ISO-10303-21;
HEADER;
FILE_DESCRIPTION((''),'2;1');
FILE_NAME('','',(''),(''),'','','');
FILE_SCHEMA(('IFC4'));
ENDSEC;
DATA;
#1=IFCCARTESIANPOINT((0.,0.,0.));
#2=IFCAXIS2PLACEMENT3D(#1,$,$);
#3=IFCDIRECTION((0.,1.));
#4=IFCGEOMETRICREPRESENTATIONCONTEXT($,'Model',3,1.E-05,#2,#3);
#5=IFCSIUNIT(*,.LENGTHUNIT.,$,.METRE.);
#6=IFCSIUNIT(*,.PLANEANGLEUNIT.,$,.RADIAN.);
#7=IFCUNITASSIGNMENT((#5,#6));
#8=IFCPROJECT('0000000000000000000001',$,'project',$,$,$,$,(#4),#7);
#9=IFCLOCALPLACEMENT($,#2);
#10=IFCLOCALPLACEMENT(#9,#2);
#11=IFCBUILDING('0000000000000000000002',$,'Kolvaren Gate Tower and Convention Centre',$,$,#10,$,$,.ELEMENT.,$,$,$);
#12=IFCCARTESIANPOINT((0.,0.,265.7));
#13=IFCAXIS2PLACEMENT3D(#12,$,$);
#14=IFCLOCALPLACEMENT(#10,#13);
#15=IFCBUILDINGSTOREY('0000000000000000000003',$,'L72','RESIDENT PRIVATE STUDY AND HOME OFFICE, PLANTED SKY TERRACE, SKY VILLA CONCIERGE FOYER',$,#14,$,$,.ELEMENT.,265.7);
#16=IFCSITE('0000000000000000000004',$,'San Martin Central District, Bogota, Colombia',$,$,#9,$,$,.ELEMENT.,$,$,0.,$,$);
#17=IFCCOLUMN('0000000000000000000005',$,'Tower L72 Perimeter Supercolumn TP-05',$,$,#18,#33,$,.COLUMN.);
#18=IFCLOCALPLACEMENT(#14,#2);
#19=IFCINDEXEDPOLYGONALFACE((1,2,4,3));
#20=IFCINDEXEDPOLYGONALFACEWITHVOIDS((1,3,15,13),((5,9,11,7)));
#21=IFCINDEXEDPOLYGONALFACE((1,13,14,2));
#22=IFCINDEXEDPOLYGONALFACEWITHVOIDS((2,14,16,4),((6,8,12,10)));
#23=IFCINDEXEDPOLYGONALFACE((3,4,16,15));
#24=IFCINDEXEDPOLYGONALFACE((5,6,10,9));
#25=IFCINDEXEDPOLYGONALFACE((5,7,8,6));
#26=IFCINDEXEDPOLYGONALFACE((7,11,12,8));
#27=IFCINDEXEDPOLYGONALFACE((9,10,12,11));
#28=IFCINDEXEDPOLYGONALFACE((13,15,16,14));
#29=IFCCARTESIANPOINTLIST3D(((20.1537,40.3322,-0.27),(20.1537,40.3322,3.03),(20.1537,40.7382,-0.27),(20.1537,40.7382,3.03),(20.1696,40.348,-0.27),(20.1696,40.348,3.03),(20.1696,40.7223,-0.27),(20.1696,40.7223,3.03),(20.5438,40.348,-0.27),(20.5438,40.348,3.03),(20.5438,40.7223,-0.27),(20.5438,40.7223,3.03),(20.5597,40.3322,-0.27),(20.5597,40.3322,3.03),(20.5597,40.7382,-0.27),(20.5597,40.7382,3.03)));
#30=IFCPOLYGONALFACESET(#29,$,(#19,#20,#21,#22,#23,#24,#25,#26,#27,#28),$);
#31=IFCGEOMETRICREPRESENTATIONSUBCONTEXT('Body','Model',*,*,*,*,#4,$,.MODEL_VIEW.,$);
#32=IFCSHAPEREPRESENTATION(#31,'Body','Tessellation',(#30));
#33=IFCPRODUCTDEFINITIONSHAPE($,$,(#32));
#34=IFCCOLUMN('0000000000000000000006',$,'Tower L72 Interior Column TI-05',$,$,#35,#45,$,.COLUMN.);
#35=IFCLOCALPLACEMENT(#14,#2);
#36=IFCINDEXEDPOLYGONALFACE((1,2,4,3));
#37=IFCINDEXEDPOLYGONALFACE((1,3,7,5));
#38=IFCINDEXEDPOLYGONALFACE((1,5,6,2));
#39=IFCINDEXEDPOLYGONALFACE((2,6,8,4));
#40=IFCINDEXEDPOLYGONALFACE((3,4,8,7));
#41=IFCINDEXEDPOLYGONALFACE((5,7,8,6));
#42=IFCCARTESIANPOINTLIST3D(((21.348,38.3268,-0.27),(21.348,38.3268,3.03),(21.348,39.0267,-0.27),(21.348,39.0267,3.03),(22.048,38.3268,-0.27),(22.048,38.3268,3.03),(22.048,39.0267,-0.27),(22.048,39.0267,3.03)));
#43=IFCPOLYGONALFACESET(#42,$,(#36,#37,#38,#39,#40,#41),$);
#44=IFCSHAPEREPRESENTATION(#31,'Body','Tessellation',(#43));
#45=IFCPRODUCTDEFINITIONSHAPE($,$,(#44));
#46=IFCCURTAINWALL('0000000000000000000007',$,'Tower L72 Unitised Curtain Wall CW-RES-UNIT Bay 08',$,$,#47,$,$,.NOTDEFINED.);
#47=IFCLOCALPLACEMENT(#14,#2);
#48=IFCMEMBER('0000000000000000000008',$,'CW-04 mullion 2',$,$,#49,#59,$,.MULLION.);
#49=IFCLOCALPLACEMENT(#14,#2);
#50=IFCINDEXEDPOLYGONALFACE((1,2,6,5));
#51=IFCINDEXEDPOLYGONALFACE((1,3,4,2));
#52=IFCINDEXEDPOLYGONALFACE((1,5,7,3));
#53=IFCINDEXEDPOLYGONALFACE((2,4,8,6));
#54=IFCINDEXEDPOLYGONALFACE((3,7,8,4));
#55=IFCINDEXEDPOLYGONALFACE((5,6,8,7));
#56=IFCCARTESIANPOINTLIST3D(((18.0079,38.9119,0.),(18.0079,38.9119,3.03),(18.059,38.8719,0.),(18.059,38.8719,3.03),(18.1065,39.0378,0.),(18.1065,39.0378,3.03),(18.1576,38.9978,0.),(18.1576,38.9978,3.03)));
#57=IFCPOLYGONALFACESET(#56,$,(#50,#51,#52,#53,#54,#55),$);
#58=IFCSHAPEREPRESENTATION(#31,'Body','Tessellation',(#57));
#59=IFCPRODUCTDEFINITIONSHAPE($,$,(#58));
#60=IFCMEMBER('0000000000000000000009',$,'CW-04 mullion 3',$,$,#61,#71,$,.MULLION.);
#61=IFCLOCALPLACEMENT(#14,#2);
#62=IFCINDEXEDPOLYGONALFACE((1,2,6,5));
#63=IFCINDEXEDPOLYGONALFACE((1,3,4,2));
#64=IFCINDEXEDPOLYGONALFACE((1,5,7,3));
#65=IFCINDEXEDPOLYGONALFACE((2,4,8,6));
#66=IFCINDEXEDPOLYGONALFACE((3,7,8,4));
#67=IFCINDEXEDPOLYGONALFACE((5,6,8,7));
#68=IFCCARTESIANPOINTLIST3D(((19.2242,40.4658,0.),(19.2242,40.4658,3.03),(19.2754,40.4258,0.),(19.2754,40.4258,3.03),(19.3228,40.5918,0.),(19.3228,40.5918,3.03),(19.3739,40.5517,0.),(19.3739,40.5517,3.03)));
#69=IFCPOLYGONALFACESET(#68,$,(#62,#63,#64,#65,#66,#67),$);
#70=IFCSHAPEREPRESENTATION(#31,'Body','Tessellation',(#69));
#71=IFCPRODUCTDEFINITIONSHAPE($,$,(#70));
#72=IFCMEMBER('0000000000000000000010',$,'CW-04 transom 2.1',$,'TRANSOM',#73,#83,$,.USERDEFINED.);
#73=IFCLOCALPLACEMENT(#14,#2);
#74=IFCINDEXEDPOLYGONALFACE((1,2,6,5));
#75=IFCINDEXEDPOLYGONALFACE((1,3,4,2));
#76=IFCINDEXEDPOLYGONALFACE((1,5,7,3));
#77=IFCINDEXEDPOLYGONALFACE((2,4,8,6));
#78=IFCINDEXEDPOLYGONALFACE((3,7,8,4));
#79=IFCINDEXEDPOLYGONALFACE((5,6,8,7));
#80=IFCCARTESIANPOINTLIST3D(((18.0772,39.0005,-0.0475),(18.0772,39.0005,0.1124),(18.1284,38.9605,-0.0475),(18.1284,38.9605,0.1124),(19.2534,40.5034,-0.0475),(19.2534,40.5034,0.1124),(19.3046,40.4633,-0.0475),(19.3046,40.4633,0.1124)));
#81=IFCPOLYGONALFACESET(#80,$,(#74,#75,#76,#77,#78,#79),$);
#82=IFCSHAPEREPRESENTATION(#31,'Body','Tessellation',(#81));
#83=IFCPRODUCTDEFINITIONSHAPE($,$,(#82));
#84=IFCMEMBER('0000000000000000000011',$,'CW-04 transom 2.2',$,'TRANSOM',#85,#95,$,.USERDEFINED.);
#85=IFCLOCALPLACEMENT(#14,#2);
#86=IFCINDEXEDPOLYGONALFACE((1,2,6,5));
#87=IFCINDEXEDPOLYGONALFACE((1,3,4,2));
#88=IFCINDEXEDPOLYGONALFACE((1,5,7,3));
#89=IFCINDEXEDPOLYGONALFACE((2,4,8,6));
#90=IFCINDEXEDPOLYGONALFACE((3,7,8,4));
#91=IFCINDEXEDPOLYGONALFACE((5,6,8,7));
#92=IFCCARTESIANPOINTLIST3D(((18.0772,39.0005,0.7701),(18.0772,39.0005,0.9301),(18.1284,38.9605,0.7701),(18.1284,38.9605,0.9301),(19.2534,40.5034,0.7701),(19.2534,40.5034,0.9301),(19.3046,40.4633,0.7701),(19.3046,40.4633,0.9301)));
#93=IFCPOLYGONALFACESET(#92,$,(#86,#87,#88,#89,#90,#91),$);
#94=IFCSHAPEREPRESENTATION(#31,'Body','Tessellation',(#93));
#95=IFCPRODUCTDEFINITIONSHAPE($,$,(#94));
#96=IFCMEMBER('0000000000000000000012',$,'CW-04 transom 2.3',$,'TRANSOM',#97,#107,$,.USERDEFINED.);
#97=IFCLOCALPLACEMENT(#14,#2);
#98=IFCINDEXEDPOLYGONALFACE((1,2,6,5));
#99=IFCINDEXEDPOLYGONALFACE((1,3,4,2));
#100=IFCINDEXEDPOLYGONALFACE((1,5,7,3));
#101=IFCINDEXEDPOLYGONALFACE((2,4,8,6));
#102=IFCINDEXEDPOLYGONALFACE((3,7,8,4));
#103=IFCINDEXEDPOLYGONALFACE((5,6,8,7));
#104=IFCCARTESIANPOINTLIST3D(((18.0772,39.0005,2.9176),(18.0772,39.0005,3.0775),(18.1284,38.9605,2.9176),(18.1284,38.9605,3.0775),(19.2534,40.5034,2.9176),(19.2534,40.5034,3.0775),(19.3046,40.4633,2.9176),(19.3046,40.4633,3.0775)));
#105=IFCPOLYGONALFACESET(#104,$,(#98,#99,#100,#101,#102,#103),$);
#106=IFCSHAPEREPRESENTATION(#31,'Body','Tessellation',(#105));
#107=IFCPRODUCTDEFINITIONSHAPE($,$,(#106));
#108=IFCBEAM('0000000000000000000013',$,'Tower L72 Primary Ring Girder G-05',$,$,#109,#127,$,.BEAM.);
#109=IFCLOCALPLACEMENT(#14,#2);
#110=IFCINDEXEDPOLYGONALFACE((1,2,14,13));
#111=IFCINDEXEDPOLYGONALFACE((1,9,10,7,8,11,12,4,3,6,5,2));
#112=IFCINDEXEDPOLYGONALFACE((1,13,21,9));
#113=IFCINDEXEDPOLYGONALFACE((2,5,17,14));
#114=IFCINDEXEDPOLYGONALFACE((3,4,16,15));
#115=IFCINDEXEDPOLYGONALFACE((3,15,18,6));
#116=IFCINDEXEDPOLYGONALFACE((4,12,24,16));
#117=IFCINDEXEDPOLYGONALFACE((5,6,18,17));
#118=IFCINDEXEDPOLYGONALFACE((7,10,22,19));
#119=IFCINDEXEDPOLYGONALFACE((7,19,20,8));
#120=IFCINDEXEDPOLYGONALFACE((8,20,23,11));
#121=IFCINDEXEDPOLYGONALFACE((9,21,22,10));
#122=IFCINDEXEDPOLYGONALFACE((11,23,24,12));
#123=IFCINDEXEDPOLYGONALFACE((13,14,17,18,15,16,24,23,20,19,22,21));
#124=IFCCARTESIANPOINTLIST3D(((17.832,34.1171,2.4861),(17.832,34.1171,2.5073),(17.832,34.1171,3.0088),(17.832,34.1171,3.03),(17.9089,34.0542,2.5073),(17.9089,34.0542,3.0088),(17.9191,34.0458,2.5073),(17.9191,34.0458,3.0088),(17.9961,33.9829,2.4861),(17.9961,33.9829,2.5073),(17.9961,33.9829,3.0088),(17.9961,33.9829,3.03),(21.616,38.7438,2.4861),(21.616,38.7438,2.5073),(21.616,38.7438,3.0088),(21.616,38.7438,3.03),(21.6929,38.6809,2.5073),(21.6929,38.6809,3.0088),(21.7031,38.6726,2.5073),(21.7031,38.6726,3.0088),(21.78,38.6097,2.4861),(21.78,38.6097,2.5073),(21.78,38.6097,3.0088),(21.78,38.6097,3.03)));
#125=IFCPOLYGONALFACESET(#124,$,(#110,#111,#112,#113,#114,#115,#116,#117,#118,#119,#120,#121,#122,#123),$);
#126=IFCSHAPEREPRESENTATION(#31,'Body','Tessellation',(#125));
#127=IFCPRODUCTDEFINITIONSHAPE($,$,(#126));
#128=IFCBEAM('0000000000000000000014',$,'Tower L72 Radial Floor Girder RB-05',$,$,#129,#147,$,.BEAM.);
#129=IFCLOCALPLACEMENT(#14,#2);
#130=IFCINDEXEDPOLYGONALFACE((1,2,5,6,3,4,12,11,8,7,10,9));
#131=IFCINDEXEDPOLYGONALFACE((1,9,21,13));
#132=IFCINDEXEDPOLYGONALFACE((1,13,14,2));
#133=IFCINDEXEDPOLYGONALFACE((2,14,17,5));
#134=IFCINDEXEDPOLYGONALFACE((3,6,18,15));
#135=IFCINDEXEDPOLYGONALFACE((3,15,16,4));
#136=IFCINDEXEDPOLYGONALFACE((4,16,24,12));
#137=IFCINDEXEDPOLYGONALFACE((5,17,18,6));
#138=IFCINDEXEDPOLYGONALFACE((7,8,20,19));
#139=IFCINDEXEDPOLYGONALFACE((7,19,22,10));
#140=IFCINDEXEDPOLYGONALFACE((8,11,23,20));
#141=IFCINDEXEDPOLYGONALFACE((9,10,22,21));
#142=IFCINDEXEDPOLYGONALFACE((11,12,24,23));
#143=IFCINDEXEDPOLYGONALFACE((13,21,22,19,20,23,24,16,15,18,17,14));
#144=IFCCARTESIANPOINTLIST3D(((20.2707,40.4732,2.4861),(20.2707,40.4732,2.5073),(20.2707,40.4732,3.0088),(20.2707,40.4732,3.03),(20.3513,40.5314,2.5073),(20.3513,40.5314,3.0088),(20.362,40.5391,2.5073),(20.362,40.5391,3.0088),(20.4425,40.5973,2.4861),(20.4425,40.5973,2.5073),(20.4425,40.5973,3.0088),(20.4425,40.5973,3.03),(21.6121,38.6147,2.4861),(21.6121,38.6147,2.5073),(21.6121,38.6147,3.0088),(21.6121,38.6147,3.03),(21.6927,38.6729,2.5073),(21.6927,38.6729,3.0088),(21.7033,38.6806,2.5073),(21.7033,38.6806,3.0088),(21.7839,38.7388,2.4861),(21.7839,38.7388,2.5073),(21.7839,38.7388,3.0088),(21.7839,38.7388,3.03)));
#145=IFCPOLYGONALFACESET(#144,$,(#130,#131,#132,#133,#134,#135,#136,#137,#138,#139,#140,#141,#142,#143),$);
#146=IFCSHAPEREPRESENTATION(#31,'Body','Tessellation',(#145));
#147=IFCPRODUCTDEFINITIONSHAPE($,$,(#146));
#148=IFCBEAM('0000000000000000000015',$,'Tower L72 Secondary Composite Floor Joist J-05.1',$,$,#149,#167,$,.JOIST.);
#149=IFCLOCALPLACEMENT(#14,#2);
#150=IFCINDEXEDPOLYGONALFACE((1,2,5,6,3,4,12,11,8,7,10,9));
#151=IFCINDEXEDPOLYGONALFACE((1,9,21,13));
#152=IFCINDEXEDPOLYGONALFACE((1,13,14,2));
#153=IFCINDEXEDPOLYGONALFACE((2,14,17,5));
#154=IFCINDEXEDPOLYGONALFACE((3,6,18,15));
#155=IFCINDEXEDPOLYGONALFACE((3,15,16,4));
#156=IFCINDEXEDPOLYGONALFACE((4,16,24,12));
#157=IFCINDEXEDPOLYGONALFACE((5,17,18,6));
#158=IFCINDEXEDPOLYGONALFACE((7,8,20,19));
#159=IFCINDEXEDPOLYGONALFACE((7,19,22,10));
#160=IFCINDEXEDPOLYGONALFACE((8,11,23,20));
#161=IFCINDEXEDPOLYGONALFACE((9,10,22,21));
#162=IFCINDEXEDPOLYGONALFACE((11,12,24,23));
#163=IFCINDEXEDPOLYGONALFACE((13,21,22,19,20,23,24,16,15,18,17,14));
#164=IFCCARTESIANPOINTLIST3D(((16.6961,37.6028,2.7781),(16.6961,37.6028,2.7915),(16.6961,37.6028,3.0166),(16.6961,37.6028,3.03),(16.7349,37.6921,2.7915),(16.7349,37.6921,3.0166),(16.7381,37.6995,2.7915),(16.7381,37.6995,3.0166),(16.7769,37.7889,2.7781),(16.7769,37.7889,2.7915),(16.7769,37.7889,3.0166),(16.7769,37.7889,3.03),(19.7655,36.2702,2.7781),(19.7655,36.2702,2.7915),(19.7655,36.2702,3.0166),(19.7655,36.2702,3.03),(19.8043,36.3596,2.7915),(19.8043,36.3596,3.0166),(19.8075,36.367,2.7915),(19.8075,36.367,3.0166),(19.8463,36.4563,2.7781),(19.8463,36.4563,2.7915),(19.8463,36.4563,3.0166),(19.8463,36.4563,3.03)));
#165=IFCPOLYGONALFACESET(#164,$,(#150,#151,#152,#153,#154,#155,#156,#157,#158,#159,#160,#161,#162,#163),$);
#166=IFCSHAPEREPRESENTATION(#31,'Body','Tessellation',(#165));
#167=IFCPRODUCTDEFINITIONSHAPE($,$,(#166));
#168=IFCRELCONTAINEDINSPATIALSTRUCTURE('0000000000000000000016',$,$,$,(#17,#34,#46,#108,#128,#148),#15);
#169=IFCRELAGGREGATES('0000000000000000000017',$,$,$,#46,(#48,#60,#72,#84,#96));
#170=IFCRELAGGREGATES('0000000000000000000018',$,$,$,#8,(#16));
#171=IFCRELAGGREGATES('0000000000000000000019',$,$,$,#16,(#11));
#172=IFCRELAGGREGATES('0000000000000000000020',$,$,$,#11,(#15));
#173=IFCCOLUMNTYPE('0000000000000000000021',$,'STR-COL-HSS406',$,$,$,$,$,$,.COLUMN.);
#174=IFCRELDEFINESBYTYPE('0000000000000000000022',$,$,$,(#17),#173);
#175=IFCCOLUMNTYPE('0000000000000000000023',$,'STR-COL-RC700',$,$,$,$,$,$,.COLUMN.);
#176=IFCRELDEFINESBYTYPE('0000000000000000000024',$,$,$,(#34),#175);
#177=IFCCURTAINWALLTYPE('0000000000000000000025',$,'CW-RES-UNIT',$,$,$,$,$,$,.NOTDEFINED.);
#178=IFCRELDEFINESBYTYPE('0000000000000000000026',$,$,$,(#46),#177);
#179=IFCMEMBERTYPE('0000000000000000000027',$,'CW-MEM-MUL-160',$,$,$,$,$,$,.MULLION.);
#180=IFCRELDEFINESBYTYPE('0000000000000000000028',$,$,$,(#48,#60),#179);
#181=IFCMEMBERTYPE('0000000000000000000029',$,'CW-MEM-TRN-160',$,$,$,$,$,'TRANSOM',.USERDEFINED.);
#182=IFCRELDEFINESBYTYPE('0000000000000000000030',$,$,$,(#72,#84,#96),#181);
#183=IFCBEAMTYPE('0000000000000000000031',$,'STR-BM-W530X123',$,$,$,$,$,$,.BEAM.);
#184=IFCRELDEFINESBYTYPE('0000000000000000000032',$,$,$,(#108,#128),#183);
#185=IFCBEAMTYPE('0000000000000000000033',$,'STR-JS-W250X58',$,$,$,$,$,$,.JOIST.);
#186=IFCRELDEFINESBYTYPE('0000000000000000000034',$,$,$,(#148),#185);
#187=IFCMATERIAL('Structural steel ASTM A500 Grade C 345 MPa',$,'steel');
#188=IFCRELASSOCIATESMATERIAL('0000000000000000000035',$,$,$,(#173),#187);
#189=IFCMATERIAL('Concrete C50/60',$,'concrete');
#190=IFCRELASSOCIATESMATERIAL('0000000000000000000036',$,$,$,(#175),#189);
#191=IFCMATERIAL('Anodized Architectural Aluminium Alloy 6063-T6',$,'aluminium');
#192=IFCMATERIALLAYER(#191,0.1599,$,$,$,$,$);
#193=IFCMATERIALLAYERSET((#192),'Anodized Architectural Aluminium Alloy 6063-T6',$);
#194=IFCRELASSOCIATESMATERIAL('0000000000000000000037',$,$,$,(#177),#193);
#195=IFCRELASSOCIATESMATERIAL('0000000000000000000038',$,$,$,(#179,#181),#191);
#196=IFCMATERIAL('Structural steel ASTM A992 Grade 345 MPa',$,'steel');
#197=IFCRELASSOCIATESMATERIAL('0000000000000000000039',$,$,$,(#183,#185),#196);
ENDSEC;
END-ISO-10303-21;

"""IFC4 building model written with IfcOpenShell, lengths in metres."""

from ifc_helpers import new_model, si_unit, direction, frame, origin, origin_2d, place, context, subcontext, project, spatial, rectangle, hollow_rectangle, i_section, extrude, material, layer, layer_set, material_profile, profile_set, type_object, element, aggregate, save


model = new_model("IFC4")

# Units and contexts
model_context = context("Model", 3, precision=1e-05, world=origin(), true_north=direction((0.0, 1.0)))
body_context = subcontext(model_context, "Body", "Model", "MODEL_VIEW")
ifc_project = project(units=[si_unit("LENGTHUNIT", "METRE"), si_unit("PLANEANGLEUNIT", "RADIAN")], contexts=[model_context])

# Site, building, storey
site_placement = place(None, origin())
site = spatial("IfcSite", under=ifc_project, at=site_placement, Name="San Martin Central District, Bogota, Colombia", CompositionType="ELEMENT", RefElevation=0.0)
building_placement = place(site_placement, origin())
building = spatial("IfcBuilding", under=site, at=building_placement, Name="Kolvaren Gate Tower and Convention Centre", CompositionType="ELEMENT")
storey_placement = place(building_placement, frame((0.0, 0.0, 265.7)))
storey = spatial("IfcBuildingStorey", under=building, at=storey_placement, Name="L72", Description="RESIDENT PRIVATE STUDY AND HOME OFFICE, PLANTED SKY TERRACE, SKY VILLA CONCIERGE FOYER", CompositionType="ELEMENT", Elevation=265.7)

# Columns
ifc_material_1 = material(Name="Structural steel ASTM A500 Grade C 345 MPa", Category="steel")
ifc_material_profile_1 = material_profile(ifc_material_1, hollow_rectangle(XDim=0.406, YDim=0.406, WallThickness=0.0159, at=origin_2d()), Name="HSS406X406X15.9")
ifc_profile_set_1 = profile_set([ifc_material_profile_1], Name="Structural steel ASTM A500 Grade C 345 MPa")
column_type_1 = type_object("IfcColumnType", Name="STR-COL-HSS406", PredefinedType="COLUMN", material=ifc_profile_set_1)
column_1_placement = place(storey_placement, frame((20.3567, 40.5352, -0.27), z_axis=(0.0, 0.0, 1.0), x_axis=(1.0, 0.0, 0.0)))
element("IfcColumn", 1, at=column_1_placement, inside=storey, type_object=column_type_1, Name="Tower L72 Perimeter Supercolumn TP-05", PredefinedType="COLUMN", context=body_context, shape_type="SweptSolid", body=[
    extrude(hollow_rectangle(XDim=0.406, YDim=0.406, WallThickness=0.0159, at=origin_2d()), origin(), (0.0, 0.0, 1.0), 3.3),
])
ifc_material_2 = material(Name="Concrete C50/60", Category="concrete")
ifc_material_profile_2 = material_profile(ifc_material_2, rectangle(XDim=0.7, YDim=0.7, at=origin_2d()), Name="RC-COL-700X700")
ifc_profile_set_2 = profile_set([ifc_material_profile_2], Name="Concrete C50/60")
column_type_2 = type_object("IfcColumnType", Name="STR-COL-RC700", PredefinedType="COLUMN", material=ifc_profile_set_2)
column_2_placement = place(storey_placement, frame((21.698, 38.6768, -0.27), z_axis=(0.0, 0.0, 1.0), x_axis=(1.0, 0.0, 0.0)))
element("IfcColumn", 2, at=column_2_placement, inside=storey, type_object=column_type_2, Name="Tower L72 Interior Column TI-05", PredefinedType="COLUMN", context=body_context, shape_type="SweptSolid", body=[
    extrude(rectangle(XDim=0.7, YDim=0.7, at=origin_2d()), origin(), (0.0, 0.0, 1.0), 3.3),
])

# Curtain wall, members
ifc_material_3 = material(Name="Anodized Architectural Aluminium Alloy 6063-T6", Category="aluminium")
ifc_layer_1 = layer(ifc_material_3, 0.1599)
ifc_layer_set_1 = layer_set([ifc_layer_1], Name="Anodized Architectural Aluminium Alloy 6063-T6")
curtain_wall_type = type_object("IfcCurtainWallType", Name="CW-RES-UNIT", PredefinedType="NOTDEFINED", material=ifc_layer_set_1)
curtain_wall_placement = place(storey_placement, origin())
curtain_wall = element("IfcCurtainWall", 3, at=curtain_wall_placement, inside=storey, type_object=curtain_wall_type, Name="Tower L72 Unitised Curtain Wall CW-RES-UNIT Bay 08", PredefinedType="NOTDEFINED")
ifc_material_profile_3 = material_profile(ifc_material_3, rectangle(XDim=0.0649, YDim=0.1599, at=origin_2d()), Name="CW-MEM-MUL-160")
ifc_profile_set_3 = profile_set([ifc_material_profile_3], Name="Anodized Architectural Aluminium Alloy 6063-T6")
member_type_1 = type_object("IfcMemberType", Name="CW-MEM-MUL-160", PredefinedType="MULLION", material=ifc_profile_set_3)
member_1_placement = place(storey_placement, frame((18.0828, 38.9548, 0.0), z_axis=(0.0, 0.0, 1.0), x_axis=(-0.787413, 0.616426, 0.0)))
member_1 = element("IfcMember", 4, at=member_1_placement, type_object=member_type_1, Name="CW-04 mullion 2", PredefinedType="MULLION", context=body_context, shape_type="SweptSolid", body=[
    extrude(rectangle(XDim=0.0649, YDim=0.1599, at=origin_2d()), origin(), (0.0, 0.0, 1.0), 3.03),
])
member_2_placement = place(storey_placement, frame((19.2991, 40.5088, 0.0), z_axis=(0.0, 0.0, 1.0), x_axis=(-0.787413, 0.616426, 0.0)))
member_2 = element("IfcMember", 5, at=member_2_placement, type_object=member_type_1, Name="CW-04 mullion 3", PredefinedType="MULLION", context=body_context, shape_type="SweptSolid", body=[
    extrude(rectangle(XDim=0.0649, YDim=0.1599, at=origin_2d()), origin(), (0.0, 0.0, 1.0), 3.03),
])
ifc_material_profile_4 = material_profile(ifc_material_3, rectangle(XDim=0.0649, YDim=0.1599, at=origin_2d()), Name="CW-MEM-TRN-160")
ifc_profile_set_4 = profile_set([ifc_material_profile_4], Name="Anodized Architectural Aluminium Alloy 6063-T6")
member_type_2 = type_object("IfcMemberType", Name="CW-MEM-TRN-160", ElementType="TRANSOM", PredefinedType="USERDEFINED", material=ifc_profile_set_4)
member_3_placement = place(storey_placement, frame((18.1028, 38.9805, 0.0325), z_axis=(0.616329, 0.787489, 0.0), x_axis=(-0.787489, 0.616329, 0.0)))
member_3 = element("IfcMember", 6, at=member_3_placement, type_object=member_type_2, Name="CW-04 transom 2.1", ObjectType="TRANSOM", PredefinedType="USERDEFINED", context=body_context, shape_type="SweptSolid", body=[
    extrude(rectangle(XDim=0.0649, YDim=0.1599, at=origin_2d()), origin(), (0.0, 0.0, 1.0), 1.9084),
])
member_4_placement = place(storey_placement, frame((18.1028, 38.9805, 0.8501), z_axis=(0.616329, 0.787489, 0.0), x_axis=(-0.787489, 0.616329, 0.0)))
member_4 = element("IfcMember", 7, at=member_4_placement, type_object=member_type_2, Name="CW-04 transom 2.2", ObjectType="TRANSOM", PredefinedType="USERDEFINED", context=body_context, shape_type="SweptSolid", body=[
    extrude(rectangle(XDim=0.0649, YDim=0.1599, at=origin_2d()), origin(), (0.0, 0.0, 1.0), 1.9084),
])
member_5_placement = place(storey_placement, frame((18.1028, 38.9805, 2.9976), z_axis=(0.616329, 0.787489, 0.0), x_axis=(-0.787489, 0.616329, 0.0)))
member_5 = element("IfcMember", 8, at=member_5_placement, type_object=member_type_2, Name="CW-04 transom 2.3", ObjectType="TRANSOM", PredefinedType="USERDEFINED", context=body_context, shape_type="SweptSolid", body=[
    extrude(rectangle(XDim=0.0649, YDim=0.1599, at=origin_2d()), origin(), (0.0, 0.0, 1.0), 1.9084),
])

# Beams
ifc_material_4 = material(Name="Structural steel ASTM A992 Grade 345 MPa", Category="steel")
ifc_material_profile_5 = material_profile(ifc_material_4, i_section(OverallWidth=0.2119, OverallDepth=0.5439, WebThickness=0.0132, FlangeThickness=0.0212, at=origin_2d()), Name="W530X123")
ifc_profile_set_5 = profile_set([ifc_material_profile_5], Name="Structural steel ASTM A992 Grade 345 MPa")
beam_type_1 = type_object("IfcBeamType", Name="STR-BM-W530X123", PredefinedType="BEAM", material=ifc_profile_set_5)
beam_1_placement = place(storey_placement, frame((21.698, 38.6768, 2.7581), z_axis=(-0.633082, -0.774085, 0.0), x_axis=(0.774085, -0.633082, 0.0)))
element("IfcBeam", 9, at=beam_1_placement, inside=storey, type_object=beam_type_1, Name="Tower L72 Primary Ring Girder G-05", PredefinedType="BEAM", context=body_context, shape_type="SweptSolid", body=[
    extrude(i_section(OverallWidth=0.2119, OverallDepth=0.5439, WebThickness=0.0132, FlangeThickness=0.0212, at=origin_2d()), origin(), (0.0, 0.0, 1.0), 5.9771),
])
beam_2_placement = place(storey_placement, frame((21.698, 38.6768, 2.7581), z_axis=(-0.585242, 0.810859, 0.0), x_axis=(-0.810859, -0.585242, 0.0)))
element("IfcBeam", 10, at=beam_2_placement, inside=storey, type_object=beam_type_1, Name="Tower L72 Radial Floor Girder RB-05", PredefinedType="BEAM", context=body_context, shape_type="SweptSolid", body=[
    extrude(i_section(OverallWidth=0.2119, OverallDepth=0.5439, WebThickness=0.0132, FlangeThickness=0.0212, at=origin_2d()), origin(), (0.0, 0.0, 1.0), 2.292),
])
ifc_material_profile_6 = material_profile(ifc_material_4, i_section(OverallWidth=0.2029, OverallDepth=0.252, WebThickness=0.0081, FlangeThickness=0.0134, at=origin_2d()), Name="W250X58")
ifc_profile_set_6 = profile_set([ifc_material_profile_6], Name="Structural steel ASTM A992 Grade 345 MPa")
beam_type_2 = type_object("IfcBeamType", Name="STR-JS-W250X58", PredefinedType="JOIST", material=ifc_profile_set_6)
beam_3_placement = place(storey_placement, frame((19.8059, 36.3633, 2.9041), z_axis=(-0.917286, 0.39823, 0.0), x_axis=(-0.39823, -0.917286, 0.0)))
element("IfcBeam", 11, at=beam_3_placement, inside=storey, type_object=beam_type_2, Name="Tower L72 Secondary Composite Floor Joist J-05.1", PredefinedType="JOIST", context=body_context, shape_type="SweptSolid", body=[
    extrude(i_section(OverallWidth=0.2029, OverallDepth=0.252, WebThickness=0.0081, FlangeThickness=0.0134, at=origin_2d()), origin(), (0.0, 0.0, 1.0), 3.3462),
])

aggregate(curtain_wall, [member_1, member_2, member_3, member_4, member_5])

save(model, "model.ifc")
